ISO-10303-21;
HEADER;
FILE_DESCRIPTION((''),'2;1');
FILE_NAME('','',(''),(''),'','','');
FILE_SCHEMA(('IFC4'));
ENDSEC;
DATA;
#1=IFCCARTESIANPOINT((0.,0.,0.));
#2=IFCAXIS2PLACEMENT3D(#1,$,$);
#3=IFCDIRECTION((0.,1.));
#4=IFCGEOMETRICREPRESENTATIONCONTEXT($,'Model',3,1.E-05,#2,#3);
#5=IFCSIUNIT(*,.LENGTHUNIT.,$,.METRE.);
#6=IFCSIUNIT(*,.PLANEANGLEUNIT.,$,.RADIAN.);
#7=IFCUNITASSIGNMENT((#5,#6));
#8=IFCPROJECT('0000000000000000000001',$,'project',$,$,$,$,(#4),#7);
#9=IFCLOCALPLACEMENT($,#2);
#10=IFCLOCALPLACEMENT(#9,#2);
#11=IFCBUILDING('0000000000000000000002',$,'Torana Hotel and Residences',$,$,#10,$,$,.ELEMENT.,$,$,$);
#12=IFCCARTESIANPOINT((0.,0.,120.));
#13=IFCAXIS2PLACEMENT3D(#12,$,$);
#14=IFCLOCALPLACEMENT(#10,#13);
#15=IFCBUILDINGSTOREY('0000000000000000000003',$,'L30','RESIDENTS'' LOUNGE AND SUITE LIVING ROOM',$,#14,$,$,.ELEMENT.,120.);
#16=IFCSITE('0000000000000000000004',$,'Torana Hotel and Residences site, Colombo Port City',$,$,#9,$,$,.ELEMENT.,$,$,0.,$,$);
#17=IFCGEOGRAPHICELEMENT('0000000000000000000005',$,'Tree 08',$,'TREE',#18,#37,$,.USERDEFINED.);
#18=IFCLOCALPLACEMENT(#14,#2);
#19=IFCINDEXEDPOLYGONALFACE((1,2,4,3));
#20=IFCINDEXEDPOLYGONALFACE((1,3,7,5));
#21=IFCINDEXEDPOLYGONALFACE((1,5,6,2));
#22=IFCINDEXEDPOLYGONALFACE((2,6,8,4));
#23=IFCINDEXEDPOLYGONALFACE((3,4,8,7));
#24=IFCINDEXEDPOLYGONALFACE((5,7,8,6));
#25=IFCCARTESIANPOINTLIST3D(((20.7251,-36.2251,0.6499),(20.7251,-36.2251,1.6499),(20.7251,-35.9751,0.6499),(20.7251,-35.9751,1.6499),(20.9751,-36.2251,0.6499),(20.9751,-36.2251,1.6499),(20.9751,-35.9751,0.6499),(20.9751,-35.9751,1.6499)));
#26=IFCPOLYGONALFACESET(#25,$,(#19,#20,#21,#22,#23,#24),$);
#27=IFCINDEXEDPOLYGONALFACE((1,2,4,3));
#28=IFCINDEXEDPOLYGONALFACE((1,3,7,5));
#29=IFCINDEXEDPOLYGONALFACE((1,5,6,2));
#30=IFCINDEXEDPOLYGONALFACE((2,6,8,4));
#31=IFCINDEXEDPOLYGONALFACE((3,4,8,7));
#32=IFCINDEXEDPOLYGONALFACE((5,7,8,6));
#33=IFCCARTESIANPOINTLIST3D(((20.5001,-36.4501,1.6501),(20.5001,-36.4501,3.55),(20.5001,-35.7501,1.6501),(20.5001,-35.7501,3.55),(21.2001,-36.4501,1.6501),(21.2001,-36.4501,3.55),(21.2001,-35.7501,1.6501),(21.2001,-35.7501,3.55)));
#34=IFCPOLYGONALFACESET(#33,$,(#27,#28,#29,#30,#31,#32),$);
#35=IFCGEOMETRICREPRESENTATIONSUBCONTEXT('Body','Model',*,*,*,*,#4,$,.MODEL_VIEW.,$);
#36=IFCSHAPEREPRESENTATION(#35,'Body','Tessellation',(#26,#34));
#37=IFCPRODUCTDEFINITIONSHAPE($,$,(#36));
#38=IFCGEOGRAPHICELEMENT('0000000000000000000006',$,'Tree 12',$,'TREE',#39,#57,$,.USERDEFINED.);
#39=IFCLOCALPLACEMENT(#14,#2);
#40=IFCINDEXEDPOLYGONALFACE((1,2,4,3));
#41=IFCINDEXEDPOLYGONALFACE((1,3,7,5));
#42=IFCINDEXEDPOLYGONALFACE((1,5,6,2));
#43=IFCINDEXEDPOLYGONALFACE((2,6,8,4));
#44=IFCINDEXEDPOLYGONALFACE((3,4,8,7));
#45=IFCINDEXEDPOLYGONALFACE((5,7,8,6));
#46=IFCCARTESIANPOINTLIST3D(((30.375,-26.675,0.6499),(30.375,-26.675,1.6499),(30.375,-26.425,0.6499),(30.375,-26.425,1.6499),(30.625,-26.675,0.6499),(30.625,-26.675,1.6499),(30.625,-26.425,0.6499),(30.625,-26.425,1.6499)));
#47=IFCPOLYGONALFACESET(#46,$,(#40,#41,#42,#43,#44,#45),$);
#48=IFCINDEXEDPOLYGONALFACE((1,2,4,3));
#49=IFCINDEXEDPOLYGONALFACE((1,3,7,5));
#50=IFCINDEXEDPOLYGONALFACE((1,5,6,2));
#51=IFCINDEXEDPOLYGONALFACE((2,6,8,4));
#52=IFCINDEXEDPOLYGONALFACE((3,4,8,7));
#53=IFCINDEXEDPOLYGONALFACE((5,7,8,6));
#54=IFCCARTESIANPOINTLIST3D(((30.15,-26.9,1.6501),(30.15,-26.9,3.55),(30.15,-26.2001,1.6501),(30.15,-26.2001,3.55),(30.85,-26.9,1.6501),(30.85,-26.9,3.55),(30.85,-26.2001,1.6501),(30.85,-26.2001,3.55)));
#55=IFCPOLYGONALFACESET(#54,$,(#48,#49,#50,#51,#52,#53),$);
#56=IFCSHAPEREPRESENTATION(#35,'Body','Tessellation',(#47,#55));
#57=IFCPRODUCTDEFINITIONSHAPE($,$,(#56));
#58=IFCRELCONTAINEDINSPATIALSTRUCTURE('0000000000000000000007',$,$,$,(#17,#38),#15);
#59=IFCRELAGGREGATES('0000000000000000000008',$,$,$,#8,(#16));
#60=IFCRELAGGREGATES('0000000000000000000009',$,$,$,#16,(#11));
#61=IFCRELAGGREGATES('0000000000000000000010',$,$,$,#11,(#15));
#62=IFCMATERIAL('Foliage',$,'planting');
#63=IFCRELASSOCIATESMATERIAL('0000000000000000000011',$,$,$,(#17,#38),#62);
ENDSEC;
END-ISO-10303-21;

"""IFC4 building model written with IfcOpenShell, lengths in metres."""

from ifc_helpers import new_model, si_unit, direction, frame, origin, origin_2d, place, context, subcontext, project, spatial, rectangle, extrude, material, element, save


model = new_model("IFC4")

# Units and contexts
model_context = context("Model", 3, precision=1e-05, world=origin(), true_north=direction((0.0, 1.0)))
body_context = subcontext(model_context, "Body", "Model", "MODEL_VIEW")
ifc_project = project(units=[si_unit("LENGTHUNIT", "METRE"), si_unit("PLANEANGLEUNIT", "RADIAN")], contexts=[model_context])

# Site, building, storey
site_placement = place(None, origin())
site = spatial("IfcSite", under=ifc_project, at=site_placement, Name="Torana Hotel and Residences site, Colombo Port City", CompositionType="ELEMENT", RefElevation=0.0)
building_placement = place(site_placement, origin())
building = spatial("IfcBuilding", under=site, at=building_placement, Name="Torana Hotel and Residences", CompositionType="ELEMENT")
storey_placement = place(building_placement, frame((0.0, 0.0, 120.0)))
storey = spatial("IfcBuildingStorey", under=building, at=storey_placement, Name="L30", Description="RESIDENTS' LOUNGE AND SUITE LIVING ROOM", CompositionType="ELEMENT", Elevation=120.0)

# Geographic elements
ifc_material_1 = material(Name="Foliage", Category="planting")
for number, where, z_axis, x_axis, name in (
    (1, (20.8501, -36.1001, 0.6499), (0.0, 0.0, 1.0), (1.0, 0.0, 0.0), "Tree 08"),
    (2, (30.5, -26.55, 0.6499), (0.0, 0.0, 1.0), (1.0, 0.0, 0.0), "Tree 12"),
):
    element("IfcGeographicElement", number, at=place(storey_placement, frame(where, z_axis=z_axis, x_axis=x_axis)), inside=storey, material=ifc_material_1, Name=name, ObjectType="TREE", PredefinedType="USERDEFINED", context=body_context, shape_type="SweptSolid", body=[
        extrude(rectangle(XDim=0.25, YDim=0.25, at=origin_2d()), origin(), (0.0, 0.0, 1.0), 1.0),
        extrude(rectangle(XDim=0.7, YDim=0.7, at=origin_2d()), frame((0.0, 0.0, 1.0002)), (0.0, 0.0, 1.0), 1.8999),
    ])

save(model, "model.ifc")
